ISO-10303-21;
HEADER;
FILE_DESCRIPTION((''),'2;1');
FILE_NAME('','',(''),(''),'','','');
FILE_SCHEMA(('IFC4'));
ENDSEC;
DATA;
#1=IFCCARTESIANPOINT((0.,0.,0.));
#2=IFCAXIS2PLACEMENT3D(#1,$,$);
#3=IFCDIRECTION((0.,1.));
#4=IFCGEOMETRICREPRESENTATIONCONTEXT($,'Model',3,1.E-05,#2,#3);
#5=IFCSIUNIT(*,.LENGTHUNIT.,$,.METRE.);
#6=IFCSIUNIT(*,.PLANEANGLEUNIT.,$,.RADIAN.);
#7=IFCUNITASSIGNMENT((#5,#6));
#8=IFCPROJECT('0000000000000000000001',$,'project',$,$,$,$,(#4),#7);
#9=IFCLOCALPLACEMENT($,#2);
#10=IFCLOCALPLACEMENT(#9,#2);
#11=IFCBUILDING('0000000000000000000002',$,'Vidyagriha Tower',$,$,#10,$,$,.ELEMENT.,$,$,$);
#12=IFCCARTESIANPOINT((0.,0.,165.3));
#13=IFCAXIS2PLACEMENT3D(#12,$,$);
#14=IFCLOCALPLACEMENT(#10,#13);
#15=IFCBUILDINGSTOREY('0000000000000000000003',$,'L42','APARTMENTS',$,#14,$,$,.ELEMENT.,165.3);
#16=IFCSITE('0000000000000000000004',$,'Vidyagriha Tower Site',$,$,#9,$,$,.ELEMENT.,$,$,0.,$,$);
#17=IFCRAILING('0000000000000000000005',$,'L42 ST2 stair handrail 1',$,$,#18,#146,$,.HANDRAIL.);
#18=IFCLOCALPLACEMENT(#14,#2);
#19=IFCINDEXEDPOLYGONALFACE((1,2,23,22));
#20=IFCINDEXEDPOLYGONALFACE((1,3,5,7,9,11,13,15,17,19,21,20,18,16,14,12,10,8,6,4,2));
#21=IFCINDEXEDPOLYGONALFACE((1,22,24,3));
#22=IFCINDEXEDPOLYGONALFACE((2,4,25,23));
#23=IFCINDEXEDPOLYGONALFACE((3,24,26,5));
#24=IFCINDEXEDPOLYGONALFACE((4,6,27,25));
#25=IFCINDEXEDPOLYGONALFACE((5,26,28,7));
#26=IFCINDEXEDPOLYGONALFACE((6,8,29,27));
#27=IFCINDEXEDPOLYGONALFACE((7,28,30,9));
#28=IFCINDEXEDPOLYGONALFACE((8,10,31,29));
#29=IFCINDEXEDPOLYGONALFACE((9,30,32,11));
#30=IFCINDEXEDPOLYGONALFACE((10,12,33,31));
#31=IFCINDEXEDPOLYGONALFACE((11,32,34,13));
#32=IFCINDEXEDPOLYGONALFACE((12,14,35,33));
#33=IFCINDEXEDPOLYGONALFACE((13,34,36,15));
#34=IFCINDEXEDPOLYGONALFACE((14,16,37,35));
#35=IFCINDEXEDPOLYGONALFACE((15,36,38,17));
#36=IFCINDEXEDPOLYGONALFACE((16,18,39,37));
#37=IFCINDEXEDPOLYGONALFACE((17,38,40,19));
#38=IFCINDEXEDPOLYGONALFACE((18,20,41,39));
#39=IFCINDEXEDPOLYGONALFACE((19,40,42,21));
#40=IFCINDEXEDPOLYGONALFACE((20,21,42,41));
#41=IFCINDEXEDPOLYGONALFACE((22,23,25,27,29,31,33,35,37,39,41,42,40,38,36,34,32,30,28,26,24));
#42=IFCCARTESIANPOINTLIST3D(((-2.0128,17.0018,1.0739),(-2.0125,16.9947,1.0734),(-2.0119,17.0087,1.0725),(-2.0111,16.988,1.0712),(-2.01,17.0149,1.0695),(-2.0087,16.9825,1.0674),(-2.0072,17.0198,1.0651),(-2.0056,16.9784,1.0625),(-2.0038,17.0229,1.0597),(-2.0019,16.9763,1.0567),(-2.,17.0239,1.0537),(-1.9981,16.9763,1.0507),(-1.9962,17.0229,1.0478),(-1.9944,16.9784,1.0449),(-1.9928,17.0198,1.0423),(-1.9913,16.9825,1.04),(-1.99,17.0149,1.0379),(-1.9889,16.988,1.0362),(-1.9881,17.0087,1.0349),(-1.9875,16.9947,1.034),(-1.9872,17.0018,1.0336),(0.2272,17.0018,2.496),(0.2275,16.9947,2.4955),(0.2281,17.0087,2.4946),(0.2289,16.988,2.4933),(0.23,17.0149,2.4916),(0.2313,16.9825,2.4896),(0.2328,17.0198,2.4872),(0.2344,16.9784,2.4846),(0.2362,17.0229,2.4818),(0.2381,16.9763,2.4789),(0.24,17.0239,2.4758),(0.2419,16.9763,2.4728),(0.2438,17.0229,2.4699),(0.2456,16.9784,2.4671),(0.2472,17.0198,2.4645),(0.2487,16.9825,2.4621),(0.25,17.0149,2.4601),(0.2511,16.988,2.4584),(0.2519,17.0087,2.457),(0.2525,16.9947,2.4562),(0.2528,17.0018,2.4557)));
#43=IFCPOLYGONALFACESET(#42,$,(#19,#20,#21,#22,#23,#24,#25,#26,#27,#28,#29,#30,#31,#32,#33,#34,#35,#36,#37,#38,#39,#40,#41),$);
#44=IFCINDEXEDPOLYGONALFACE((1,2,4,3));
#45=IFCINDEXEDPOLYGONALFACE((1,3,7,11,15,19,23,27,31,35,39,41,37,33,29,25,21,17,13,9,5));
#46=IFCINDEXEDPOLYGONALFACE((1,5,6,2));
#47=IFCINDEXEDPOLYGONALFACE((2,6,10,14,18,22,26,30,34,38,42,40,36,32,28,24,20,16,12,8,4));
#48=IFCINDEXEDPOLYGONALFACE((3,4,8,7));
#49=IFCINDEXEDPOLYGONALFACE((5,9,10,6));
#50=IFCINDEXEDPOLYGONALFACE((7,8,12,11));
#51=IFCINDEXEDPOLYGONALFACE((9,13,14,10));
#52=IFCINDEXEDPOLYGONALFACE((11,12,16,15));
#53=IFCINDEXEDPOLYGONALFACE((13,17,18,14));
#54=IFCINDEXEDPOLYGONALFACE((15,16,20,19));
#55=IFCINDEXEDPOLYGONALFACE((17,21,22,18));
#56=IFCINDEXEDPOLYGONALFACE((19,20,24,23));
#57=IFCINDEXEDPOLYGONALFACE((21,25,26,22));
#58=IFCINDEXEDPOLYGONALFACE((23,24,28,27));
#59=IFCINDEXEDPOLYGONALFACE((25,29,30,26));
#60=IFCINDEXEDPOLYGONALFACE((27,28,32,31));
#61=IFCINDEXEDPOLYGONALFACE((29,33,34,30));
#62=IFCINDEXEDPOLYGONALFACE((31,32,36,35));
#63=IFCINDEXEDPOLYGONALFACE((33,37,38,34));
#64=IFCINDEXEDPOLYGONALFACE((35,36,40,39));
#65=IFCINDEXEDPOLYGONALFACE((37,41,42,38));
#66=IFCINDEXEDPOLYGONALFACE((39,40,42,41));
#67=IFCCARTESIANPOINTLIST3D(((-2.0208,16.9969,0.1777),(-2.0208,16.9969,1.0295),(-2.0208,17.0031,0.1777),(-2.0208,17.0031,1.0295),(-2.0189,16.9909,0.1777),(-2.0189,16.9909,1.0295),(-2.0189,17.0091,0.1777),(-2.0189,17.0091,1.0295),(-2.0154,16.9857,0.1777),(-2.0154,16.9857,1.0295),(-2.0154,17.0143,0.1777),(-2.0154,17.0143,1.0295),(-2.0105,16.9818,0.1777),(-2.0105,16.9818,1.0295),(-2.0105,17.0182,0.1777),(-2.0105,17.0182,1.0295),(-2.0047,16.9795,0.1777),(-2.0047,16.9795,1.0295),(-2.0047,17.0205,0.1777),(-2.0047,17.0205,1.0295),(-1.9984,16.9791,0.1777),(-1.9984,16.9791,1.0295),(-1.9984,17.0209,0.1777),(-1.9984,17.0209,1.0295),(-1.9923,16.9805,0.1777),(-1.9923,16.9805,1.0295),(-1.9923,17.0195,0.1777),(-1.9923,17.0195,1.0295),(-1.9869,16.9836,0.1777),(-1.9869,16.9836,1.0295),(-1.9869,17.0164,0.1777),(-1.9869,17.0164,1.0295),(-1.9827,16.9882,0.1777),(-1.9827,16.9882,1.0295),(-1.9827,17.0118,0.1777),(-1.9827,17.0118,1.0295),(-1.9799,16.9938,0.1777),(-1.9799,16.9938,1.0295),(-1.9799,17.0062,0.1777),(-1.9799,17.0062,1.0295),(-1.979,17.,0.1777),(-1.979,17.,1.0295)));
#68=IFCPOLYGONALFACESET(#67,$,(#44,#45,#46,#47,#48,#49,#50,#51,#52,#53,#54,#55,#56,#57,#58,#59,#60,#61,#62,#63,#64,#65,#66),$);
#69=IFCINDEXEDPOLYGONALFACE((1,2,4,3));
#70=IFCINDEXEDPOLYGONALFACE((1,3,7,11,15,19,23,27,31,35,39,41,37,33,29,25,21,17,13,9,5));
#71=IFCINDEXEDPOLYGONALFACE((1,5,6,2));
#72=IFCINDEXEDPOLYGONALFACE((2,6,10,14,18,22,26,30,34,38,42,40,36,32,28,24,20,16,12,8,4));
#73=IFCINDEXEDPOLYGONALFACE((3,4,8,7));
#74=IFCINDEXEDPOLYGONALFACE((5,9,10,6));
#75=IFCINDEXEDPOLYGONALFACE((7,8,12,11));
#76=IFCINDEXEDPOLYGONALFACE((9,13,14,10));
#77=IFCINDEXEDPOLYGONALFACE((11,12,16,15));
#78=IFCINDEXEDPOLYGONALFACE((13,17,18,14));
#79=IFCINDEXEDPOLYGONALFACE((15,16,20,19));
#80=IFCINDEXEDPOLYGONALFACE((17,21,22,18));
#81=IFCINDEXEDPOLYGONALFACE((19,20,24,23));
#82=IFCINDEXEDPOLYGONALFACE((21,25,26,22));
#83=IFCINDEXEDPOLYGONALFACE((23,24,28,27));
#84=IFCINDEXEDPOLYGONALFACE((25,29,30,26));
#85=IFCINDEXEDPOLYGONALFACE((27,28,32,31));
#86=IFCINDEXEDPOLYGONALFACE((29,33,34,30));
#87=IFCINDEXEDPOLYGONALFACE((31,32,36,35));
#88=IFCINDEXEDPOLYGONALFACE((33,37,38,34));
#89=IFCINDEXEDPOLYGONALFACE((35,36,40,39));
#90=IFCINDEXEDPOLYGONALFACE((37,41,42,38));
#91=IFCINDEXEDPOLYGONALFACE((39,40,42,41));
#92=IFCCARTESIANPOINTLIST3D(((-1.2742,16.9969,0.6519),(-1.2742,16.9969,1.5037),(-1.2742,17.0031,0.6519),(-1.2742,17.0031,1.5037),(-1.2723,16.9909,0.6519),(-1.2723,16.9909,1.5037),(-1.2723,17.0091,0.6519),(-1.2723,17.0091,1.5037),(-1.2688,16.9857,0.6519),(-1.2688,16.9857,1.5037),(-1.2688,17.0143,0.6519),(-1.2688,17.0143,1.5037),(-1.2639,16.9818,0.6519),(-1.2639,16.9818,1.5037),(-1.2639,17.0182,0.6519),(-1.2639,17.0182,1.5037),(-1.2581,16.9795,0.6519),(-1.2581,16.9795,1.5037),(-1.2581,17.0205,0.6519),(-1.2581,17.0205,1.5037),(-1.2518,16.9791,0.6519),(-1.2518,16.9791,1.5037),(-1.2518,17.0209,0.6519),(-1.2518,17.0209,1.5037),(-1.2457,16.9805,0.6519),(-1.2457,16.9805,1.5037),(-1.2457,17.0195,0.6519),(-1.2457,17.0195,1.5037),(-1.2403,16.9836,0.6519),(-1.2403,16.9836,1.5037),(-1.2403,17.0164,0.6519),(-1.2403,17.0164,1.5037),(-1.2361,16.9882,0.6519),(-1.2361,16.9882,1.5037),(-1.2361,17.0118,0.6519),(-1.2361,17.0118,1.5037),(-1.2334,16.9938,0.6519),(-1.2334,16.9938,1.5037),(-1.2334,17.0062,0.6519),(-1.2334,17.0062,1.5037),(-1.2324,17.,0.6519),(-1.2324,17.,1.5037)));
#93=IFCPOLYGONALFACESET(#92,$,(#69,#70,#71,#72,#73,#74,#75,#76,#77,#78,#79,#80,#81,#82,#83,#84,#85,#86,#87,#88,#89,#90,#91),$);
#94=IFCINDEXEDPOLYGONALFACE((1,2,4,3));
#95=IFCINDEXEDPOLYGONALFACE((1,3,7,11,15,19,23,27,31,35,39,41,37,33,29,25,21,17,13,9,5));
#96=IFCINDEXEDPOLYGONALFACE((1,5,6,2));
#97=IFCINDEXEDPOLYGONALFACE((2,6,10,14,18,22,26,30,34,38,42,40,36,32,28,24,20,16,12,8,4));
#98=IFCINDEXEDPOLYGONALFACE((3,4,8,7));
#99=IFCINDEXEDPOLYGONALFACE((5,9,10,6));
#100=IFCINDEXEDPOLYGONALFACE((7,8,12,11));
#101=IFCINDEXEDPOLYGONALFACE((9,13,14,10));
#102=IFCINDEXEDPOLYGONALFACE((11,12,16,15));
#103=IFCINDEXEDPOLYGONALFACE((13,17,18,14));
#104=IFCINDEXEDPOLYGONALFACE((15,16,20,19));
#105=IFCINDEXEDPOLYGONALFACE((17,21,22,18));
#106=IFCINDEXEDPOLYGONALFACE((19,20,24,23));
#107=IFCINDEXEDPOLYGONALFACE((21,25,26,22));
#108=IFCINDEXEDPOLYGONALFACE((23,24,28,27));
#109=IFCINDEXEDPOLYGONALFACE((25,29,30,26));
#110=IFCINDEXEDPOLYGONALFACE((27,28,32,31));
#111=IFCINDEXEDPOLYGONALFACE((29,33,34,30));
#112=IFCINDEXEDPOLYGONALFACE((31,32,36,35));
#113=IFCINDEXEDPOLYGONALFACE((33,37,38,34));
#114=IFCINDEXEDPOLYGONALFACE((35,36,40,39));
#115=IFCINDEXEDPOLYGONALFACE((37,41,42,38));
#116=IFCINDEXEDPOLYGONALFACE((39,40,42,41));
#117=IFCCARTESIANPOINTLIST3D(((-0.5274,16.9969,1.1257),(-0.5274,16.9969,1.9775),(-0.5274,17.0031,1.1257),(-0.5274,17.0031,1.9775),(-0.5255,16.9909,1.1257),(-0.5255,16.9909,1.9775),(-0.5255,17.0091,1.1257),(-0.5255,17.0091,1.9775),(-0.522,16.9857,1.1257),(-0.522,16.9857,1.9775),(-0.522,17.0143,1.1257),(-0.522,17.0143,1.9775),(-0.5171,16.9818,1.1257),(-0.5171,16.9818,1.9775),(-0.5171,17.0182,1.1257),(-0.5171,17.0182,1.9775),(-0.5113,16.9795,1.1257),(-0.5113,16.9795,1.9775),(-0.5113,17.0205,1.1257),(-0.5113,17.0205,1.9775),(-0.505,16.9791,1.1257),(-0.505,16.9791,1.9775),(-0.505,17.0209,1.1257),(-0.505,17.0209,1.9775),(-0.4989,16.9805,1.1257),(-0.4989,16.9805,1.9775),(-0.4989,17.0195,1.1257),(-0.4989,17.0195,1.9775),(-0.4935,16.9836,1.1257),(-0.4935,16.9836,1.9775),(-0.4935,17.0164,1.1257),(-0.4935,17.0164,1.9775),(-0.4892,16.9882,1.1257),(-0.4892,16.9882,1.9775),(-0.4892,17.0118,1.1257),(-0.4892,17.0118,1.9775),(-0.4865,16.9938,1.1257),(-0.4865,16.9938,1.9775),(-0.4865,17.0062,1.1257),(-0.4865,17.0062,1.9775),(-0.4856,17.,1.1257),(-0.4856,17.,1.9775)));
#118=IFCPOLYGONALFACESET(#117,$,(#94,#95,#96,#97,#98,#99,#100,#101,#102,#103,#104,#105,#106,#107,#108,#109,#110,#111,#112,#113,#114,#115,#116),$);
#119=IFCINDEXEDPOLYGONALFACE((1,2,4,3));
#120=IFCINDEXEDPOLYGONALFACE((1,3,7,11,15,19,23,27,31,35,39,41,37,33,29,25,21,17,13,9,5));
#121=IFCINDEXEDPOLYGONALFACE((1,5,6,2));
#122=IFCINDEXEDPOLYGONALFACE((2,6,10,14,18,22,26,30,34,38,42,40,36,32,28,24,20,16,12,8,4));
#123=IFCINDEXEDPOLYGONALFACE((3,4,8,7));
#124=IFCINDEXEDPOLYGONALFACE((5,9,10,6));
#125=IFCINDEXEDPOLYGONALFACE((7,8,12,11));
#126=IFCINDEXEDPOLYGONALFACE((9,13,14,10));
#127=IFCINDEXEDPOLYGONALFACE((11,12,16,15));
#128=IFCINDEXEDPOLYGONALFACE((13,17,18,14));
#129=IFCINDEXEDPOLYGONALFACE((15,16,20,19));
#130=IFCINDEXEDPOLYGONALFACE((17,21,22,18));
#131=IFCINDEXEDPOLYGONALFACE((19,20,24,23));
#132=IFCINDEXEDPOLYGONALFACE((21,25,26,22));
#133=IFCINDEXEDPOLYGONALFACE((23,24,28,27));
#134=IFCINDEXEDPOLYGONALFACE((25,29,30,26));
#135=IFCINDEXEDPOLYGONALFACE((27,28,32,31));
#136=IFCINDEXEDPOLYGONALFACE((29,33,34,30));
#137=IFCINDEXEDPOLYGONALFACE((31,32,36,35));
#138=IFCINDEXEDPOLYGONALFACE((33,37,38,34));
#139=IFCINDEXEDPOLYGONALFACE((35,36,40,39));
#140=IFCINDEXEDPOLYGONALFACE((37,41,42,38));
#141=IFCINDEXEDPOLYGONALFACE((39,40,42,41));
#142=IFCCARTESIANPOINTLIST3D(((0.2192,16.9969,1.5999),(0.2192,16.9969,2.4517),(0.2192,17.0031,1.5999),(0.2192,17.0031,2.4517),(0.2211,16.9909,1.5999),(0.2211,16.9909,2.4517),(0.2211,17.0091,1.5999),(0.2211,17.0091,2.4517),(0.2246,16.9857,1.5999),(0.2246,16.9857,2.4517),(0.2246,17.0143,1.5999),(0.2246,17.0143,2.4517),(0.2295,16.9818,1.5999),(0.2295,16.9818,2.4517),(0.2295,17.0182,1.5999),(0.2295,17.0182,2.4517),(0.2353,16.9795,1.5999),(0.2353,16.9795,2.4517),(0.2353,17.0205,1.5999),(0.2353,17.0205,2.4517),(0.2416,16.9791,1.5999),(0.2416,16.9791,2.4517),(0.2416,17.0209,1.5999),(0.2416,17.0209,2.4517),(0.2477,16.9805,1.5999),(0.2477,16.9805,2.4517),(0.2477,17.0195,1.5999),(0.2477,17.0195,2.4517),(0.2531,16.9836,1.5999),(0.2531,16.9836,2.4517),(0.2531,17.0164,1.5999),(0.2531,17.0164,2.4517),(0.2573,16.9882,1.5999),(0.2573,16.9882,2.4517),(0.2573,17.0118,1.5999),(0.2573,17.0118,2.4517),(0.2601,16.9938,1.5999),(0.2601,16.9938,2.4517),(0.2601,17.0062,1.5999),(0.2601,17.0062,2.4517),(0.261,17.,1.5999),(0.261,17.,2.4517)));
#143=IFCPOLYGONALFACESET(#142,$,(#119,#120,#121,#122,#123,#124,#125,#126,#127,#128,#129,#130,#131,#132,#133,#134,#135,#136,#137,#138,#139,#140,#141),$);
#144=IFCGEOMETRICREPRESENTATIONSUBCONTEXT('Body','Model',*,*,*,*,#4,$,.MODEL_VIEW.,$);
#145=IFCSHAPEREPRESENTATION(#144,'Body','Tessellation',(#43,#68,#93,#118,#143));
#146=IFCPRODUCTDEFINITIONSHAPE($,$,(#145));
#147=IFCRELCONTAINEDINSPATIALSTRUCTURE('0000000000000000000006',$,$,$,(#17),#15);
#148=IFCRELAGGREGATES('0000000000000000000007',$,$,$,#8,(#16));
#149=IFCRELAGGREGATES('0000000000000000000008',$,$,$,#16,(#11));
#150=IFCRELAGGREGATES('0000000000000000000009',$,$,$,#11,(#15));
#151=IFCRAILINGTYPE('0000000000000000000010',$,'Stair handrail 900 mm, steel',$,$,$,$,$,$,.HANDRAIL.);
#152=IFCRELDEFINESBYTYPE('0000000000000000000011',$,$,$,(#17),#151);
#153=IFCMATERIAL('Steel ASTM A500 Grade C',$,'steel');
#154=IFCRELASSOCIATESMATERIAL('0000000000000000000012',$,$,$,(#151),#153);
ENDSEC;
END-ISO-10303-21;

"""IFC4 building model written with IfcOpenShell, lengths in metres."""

from ifc_helpers import new_model, si_unit, direction, frame, origin, origin_2d, place, context, subcontext, project, spatial, circle, extrude, material, type_object, element, save


model = new_model("IFC4")

# Units and contexts
model_context = context("Model", 3, precision=1e-05, world=origin(), true_north=direction((0.0, 1.0)))
body_context = subcontext(model_context, "Body", "Model", "MODEL_VIEW")
ifc_project = project(units=[si_unit("LENGTHUNIT", "METRE"), si_unit("PLANEANGLEUNIT", "RADIAN")], contexts=[model_context])

# Site, building, storey
site_placement = place(None, origin())
site = spatial("IfcSite", under=ifc_project, at=site_placement, Name="Vidyagriha Tower Site", CompositionType="ELEMENT", RefElevation=0.0)
building_placement = place(site_placement, origin())
building = spatial("IfcBuilding", under=site, at=building_placement, Name="Vidyagriha Tower", CompositionType="ELEMENT")
storey_placement = place(building_placement, frame((0.0, 0.0, 165.3)))
storey = spatial("IfcBuildingStorey", under=building, at=storey_placement, Name="L42", Description="APARTMENTS", CompositionType="ELEMENT", Elevation=165.3)

# Railing
ifc_material_1 = material(Name="Steel ASTM A500 Grade C", Category="steel")
railing_type_1 = type_object("IfcRailingType", Name="Stair handrail 900 mm, steel", PredefinedType="HANDRAIL", material=ifc_material_1)
railing_1_placement = place(storey_placement, frame((-2.0, 17.0, 0.1777)))
element("IfcRailing", 1, at=railing_1_placement, inside=storey, type_object=railing_type_1, Name="L42 ST2 stair handrail 1", PredefinedType="HANDRAIL", context=body_context, shape_type="SweptSolid", body=[
    extrude(circle(Radius=0.0239, at=origin_2d()), frame((0.0, 0.0, 0.876), z_axis=(0.844229, 0.0, 0.535982), x_axis=(0.0, 1.0, 0.0)), (0.0, 0.0, 1.0), 2.6533),
    extrude(circle(Radius=0.021, at=origin_2d()), origin(), (0.0, 0.0, 1.0), 0.8518),
    extrude(circle(Radius=0.021, at=origin_2d()), frame((0.7466, 0.0, 0.4741)), (0.0, 0.0, 1.0), 0.8518),
    extrude(circle(Radius=0.021, at=origin_2d()), frame((1.4934, 0.0, 0.948)), (0.0, 0.0, 1.0), 0.8518),
    extrude(circle(Radius=0.021, at=origin_2d()), frame((2.24, 0.0, 1.4221)), (0.0, 0.0, 1.0), 0.8518),
])

save(model, "model.ifc")
